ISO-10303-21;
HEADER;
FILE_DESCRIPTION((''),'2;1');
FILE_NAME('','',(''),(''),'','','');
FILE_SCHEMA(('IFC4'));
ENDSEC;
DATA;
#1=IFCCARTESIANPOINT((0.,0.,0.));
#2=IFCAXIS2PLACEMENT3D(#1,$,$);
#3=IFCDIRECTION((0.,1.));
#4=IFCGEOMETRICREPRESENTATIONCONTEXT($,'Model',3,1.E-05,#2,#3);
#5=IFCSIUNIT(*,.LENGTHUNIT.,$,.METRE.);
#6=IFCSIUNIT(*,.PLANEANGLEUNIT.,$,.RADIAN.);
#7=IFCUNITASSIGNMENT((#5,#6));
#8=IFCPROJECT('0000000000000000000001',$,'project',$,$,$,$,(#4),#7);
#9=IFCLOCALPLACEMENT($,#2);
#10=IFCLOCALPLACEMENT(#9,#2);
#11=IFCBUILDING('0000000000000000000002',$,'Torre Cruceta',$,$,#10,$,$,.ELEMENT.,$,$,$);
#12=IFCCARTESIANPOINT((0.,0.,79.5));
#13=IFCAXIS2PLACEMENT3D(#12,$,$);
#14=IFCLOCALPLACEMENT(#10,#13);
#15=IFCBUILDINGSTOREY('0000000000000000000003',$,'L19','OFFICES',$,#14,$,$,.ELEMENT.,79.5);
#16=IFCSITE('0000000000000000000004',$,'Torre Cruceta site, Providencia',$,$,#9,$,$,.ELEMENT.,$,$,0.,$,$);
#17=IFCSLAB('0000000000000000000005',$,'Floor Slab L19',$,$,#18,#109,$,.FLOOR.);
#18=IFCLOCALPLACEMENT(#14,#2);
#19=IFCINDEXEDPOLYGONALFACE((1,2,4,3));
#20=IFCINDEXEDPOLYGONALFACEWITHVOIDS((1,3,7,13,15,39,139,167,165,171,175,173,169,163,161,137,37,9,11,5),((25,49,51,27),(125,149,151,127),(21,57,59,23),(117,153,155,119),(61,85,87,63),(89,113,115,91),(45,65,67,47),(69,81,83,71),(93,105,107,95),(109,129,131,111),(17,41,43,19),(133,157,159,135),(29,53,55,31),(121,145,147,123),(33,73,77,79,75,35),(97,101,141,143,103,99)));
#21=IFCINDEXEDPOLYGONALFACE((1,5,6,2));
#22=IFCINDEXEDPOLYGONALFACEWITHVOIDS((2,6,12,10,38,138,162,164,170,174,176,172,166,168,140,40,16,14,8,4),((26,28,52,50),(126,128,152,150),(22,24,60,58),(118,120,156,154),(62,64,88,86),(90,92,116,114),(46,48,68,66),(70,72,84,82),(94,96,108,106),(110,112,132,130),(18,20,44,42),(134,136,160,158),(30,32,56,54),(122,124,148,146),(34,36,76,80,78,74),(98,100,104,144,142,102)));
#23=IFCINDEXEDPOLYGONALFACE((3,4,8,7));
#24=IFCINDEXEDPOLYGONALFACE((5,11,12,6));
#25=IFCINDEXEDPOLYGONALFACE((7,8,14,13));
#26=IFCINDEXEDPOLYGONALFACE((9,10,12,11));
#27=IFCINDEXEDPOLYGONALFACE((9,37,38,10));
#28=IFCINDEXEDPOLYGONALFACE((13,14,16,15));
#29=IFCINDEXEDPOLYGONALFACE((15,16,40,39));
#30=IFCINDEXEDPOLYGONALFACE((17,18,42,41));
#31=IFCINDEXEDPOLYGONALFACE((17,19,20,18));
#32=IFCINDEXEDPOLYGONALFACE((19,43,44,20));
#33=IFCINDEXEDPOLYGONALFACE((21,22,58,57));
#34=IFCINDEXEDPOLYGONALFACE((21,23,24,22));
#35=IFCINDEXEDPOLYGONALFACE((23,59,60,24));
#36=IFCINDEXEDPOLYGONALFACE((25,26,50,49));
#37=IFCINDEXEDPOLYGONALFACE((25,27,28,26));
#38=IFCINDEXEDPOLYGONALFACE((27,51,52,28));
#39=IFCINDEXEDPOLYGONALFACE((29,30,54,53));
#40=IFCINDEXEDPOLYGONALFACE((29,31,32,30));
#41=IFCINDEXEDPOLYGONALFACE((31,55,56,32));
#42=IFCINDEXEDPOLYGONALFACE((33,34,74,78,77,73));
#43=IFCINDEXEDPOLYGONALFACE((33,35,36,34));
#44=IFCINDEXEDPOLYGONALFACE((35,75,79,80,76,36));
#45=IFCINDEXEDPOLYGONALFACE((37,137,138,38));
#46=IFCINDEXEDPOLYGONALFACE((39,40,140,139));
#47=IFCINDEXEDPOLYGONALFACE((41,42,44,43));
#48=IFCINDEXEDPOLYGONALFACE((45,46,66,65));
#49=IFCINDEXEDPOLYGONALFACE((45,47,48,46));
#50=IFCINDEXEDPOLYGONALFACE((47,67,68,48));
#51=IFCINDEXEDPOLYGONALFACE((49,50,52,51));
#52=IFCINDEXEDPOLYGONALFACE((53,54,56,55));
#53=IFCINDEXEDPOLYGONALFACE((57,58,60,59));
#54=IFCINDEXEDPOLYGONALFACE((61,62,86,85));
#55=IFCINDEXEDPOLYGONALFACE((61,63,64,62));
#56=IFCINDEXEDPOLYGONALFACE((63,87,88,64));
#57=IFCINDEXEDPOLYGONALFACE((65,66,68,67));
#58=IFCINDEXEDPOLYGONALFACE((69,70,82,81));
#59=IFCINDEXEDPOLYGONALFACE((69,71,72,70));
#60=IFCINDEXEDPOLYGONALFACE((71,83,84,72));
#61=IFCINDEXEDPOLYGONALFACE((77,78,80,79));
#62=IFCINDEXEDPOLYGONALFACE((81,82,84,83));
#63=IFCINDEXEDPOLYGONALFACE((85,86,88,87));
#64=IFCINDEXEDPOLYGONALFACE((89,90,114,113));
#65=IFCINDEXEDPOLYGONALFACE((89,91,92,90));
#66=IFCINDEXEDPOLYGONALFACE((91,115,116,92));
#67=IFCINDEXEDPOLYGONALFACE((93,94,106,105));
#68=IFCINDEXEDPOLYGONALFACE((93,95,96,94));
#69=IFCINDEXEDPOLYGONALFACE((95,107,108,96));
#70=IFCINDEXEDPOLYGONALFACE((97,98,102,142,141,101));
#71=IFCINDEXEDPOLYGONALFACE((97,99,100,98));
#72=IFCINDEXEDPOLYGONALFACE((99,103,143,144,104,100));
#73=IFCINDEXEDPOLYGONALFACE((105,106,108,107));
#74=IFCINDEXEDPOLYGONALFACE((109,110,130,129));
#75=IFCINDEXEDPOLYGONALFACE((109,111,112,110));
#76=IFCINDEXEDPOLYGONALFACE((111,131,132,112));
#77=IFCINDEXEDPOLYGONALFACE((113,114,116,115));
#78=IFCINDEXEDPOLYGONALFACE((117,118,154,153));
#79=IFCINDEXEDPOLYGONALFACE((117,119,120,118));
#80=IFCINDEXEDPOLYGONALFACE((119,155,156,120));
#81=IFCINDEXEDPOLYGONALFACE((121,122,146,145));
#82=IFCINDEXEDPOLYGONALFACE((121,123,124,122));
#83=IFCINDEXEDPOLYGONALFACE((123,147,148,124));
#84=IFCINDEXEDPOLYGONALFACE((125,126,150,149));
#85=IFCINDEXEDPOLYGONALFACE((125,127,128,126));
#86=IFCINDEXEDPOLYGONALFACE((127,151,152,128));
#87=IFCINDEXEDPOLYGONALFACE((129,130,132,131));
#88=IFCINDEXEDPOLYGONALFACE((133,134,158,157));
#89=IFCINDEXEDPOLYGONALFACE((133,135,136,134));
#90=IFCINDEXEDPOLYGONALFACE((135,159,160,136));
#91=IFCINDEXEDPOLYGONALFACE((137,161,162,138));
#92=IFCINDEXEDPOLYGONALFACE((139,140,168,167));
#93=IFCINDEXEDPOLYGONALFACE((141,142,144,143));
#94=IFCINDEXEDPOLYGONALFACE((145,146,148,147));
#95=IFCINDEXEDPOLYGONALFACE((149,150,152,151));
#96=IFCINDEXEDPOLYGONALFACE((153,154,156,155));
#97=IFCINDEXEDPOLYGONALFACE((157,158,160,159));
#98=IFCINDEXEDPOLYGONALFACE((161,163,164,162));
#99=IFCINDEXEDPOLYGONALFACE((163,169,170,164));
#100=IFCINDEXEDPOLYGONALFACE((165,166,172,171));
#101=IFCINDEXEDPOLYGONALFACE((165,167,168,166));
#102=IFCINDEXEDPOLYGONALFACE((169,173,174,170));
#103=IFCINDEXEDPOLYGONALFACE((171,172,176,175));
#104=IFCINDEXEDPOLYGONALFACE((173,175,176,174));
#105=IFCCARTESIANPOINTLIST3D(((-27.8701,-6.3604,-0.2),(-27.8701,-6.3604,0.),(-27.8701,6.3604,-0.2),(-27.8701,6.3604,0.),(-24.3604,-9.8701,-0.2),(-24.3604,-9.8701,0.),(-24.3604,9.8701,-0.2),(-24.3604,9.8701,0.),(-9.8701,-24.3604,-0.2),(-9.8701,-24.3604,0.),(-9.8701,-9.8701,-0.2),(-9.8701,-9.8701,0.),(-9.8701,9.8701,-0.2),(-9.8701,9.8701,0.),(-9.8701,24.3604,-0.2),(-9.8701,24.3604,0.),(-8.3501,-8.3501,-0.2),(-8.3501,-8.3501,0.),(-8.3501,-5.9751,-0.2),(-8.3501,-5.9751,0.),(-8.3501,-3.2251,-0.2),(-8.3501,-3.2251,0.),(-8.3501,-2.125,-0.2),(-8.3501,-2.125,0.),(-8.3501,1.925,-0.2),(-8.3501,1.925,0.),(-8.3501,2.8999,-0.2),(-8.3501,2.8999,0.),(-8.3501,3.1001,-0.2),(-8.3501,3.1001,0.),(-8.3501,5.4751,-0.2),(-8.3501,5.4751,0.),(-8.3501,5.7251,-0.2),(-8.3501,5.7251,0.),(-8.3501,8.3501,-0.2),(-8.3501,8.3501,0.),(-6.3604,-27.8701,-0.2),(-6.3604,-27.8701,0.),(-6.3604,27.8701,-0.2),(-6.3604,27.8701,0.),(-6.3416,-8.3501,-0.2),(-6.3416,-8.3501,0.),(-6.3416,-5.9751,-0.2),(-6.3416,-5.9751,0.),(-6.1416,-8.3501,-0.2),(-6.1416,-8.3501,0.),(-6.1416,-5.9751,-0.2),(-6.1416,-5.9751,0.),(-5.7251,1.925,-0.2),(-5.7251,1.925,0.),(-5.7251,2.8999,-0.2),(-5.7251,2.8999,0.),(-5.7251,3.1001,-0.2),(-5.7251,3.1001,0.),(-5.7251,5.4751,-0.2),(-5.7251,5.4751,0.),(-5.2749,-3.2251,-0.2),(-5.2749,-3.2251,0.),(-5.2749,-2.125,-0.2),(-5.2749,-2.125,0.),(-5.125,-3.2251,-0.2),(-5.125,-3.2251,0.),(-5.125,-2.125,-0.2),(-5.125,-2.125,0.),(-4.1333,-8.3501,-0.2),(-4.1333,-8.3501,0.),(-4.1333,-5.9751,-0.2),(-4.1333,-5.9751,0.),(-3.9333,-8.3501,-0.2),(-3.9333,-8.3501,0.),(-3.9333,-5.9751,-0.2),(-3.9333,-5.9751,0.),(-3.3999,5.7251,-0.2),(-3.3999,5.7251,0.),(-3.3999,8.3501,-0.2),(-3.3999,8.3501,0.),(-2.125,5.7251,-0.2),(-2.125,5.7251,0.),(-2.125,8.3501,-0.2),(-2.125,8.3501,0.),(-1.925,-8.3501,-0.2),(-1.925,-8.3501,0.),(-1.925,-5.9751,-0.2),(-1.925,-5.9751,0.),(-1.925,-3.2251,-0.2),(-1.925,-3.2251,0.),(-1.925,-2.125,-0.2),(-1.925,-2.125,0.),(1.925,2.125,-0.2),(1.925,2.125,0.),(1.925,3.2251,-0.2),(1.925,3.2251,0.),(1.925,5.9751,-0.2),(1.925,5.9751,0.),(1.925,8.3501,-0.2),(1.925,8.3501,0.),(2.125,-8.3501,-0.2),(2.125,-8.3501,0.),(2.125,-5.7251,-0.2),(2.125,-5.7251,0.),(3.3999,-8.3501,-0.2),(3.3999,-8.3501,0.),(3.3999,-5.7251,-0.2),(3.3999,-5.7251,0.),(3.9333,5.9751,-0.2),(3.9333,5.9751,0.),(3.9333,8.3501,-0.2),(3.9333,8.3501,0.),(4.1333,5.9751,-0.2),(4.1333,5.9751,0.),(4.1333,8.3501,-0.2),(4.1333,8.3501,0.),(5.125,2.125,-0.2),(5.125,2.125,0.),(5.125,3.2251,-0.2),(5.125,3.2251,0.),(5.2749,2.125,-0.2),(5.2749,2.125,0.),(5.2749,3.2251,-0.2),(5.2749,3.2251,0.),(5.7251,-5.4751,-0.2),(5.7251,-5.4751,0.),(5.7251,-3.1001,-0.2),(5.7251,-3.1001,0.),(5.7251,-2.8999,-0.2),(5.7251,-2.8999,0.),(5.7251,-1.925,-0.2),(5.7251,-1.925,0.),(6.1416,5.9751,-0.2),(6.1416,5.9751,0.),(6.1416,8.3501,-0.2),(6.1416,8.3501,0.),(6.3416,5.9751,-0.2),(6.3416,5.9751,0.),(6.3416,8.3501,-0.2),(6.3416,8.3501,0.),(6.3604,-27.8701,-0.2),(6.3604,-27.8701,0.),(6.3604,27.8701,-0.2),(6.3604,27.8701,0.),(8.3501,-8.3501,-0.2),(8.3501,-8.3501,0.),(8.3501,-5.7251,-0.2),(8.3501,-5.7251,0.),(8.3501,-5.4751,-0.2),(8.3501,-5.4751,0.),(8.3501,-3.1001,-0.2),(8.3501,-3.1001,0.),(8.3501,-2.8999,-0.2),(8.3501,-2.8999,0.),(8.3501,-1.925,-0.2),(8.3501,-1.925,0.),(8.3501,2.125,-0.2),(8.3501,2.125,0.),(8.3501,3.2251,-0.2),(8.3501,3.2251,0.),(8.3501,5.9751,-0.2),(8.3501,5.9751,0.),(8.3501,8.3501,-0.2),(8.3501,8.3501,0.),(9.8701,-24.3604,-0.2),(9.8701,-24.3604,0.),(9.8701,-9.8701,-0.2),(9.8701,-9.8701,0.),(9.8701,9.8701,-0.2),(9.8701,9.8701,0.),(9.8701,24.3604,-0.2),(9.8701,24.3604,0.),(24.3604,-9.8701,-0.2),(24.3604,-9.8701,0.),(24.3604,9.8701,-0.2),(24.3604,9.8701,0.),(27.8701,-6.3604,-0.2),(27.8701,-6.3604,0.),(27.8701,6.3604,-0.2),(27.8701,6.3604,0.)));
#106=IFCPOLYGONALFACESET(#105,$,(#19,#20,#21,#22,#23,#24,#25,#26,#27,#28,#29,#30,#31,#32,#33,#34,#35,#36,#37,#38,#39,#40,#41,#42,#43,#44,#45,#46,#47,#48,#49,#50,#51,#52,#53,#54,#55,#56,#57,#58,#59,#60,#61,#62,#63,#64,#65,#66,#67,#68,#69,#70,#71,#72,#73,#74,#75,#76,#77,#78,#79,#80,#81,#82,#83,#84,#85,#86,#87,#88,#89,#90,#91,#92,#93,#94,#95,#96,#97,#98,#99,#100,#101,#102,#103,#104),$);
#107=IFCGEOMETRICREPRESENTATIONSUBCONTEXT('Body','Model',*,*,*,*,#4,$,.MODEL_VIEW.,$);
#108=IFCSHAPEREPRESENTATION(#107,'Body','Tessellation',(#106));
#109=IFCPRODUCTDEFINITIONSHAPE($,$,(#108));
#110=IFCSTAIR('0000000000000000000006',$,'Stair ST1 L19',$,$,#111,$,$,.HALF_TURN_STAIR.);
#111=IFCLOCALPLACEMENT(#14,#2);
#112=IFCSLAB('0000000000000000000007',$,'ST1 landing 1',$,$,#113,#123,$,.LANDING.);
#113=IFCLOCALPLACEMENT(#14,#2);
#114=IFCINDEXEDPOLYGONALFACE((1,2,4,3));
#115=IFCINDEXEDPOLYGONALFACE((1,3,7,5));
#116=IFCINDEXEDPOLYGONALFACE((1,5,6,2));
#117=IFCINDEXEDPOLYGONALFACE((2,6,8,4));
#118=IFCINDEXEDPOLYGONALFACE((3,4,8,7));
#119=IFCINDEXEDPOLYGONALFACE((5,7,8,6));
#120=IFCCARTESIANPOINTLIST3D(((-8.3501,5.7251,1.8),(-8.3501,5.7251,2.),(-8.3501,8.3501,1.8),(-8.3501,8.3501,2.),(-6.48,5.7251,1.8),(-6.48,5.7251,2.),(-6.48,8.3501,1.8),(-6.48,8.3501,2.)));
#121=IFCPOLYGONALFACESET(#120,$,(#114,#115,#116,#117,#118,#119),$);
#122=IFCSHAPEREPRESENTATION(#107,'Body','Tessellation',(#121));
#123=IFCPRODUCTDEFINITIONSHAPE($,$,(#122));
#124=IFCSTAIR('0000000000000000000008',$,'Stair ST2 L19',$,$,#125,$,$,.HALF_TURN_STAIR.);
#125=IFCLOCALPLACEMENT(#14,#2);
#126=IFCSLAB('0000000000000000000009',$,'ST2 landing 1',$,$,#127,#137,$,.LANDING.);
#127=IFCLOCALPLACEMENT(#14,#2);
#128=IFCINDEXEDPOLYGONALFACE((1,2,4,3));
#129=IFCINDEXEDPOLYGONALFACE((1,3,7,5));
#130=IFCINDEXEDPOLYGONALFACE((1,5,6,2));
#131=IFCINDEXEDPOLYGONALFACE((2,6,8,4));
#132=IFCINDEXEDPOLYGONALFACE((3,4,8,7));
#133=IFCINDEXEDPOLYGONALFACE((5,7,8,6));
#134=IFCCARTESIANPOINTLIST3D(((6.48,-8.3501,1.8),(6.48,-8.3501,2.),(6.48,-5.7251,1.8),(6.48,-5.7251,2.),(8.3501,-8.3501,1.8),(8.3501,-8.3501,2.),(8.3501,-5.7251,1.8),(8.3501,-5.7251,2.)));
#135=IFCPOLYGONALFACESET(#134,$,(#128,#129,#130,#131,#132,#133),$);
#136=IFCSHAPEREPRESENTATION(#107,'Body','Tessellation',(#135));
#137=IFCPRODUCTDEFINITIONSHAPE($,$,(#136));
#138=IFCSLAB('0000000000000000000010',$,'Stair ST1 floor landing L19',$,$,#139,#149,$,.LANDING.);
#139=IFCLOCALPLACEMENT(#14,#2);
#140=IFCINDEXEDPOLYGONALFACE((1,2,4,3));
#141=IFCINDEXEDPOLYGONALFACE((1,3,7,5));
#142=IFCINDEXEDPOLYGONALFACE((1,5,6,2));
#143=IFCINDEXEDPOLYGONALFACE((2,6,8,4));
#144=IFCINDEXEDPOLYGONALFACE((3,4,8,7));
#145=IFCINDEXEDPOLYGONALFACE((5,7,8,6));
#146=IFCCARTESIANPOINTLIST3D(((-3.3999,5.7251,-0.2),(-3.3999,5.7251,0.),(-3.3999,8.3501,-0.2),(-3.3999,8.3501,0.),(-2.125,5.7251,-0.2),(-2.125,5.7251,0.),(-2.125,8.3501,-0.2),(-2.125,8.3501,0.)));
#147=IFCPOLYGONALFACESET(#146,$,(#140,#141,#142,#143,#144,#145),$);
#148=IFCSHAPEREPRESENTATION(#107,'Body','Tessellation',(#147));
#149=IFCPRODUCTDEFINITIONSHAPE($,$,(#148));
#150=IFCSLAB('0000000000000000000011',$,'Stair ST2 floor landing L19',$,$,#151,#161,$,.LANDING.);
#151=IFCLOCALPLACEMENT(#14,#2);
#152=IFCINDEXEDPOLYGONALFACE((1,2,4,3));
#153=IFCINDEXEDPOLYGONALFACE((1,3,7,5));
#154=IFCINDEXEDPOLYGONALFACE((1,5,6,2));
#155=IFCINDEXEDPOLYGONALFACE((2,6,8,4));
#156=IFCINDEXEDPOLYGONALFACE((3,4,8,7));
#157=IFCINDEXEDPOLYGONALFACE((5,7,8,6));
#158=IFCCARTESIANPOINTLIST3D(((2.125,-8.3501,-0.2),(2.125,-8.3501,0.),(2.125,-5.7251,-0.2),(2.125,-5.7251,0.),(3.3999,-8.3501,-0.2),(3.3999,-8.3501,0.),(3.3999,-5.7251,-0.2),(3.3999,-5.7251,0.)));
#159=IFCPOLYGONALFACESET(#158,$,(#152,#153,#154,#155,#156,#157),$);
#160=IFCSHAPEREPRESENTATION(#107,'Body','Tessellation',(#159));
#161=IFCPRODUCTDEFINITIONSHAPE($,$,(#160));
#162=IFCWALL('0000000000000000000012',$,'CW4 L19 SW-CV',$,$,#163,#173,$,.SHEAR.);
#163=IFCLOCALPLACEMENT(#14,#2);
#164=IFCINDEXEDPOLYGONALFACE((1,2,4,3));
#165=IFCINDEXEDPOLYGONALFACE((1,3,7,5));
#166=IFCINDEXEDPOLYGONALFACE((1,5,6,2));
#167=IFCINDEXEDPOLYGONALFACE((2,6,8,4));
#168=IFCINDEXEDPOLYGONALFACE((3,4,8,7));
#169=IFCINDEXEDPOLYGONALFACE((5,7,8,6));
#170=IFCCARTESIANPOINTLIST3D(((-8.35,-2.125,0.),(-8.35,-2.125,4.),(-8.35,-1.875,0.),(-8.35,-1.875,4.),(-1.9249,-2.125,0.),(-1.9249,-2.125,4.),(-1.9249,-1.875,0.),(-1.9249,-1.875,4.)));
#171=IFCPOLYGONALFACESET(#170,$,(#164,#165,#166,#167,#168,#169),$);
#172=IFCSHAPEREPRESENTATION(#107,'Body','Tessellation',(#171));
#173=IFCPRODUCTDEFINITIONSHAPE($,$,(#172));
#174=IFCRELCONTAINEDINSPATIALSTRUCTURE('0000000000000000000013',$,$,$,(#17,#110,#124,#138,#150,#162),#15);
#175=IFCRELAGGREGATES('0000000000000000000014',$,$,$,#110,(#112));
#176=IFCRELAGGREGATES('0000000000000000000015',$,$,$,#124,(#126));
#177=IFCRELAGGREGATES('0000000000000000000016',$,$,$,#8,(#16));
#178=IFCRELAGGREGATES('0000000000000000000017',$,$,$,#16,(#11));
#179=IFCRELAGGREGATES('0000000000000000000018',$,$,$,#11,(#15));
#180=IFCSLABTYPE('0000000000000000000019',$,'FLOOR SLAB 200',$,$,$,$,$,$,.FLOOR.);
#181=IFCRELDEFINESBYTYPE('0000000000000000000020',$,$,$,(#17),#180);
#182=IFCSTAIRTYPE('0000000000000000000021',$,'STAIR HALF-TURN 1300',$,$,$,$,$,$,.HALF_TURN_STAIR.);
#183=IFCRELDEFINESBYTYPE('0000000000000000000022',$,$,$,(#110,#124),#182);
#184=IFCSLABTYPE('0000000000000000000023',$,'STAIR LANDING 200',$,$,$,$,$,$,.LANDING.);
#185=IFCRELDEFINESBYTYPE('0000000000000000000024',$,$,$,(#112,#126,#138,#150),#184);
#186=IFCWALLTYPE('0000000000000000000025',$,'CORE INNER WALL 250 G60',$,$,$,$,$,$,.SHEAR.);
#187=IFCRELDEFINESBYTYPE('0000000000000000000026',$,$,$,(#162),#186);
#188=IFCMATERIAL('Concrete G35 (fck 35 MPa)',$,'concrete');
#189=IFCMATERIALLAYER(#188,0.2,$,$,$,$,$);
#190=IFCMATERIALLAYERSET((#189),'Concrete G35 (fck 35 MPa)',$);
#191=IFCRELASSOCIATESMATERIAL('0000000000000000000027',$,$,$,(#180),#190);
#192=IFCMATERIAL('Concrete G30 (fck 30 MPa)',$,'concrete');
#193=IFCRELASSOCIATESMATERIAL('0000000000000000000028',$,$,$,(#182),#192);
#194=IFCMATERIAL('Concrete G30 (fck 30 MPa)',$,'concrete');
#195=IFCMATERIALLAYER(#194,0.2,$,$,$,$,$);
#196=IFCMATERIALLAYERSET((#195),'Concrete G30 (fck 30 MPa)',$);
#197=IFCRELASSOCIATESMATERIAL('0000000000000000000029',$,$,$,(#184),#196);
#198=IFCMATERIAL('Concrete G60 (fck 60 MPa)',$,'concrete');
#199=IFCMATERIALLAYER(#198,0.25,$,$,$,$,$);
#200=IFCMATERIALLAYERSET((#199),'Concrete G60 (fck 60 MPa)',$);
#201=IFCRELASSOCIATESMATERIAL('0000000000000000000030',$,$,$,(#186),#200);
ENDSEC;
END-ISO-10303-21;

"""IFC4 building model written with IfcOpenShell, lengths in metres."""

from ifc_helpers import new_model, si_unit, direction, frame, frame_2d, origin, place, context, subcontext, project, spatial, polyline, rectangle, outline, extrude, material, layer, layer_set, type_object, element, aggregate, save


model = new_model("IFC4")

# Units and contexts
model_context = context("Model", 3, precision=1e-05, world=origin(), true_north=direction((0.0, 1.0)))
body_context = subcontext(model_context, "Body", "Model", "MODEL_VIEW")
ifc_project = project(units=[si_unit("LENGTHUNIT", "METRE"), si_unit("PLANEANGLEUNIT", "RADIAN")], contexts=[model_context])

# Site, building, storey
site_placement = place(None, origin())
site = spatial("IfcSite", under=ifc_project, at=site_placement, Name="Torre Cruceta site, Providencia", CompositionType="ELEMENT", RefElevation=0.0)
building_placement = place(site_placement, origin())
building = spatial("IfcBuilding", under=site, at=building_placement, Name="Torre Cruceta", CompositionType="ELEMENT")
storey_placement = place(building_placement, frame((0.0, 0.0, 79.5)))
storey = spatial("IfcBuildingStorey", under=building, at=storey_placement, Name="L19", Description="OFFICES", CompositionType="ELEMENT", Elevation=79.5)

# Slab
ifc_material_1 = material(Name="Concrete G35 (fck 35 MPa)", Category="concrete")
ifc_layer_1 = layer(ifc_material_1, 0.2)
ifc_layer_set_1 = layer_set([ifc_layer_1], Name="Concrete G35 (fck 35 MPa)")
slab_type_1 = type_object("IfcSlabType", Name="FLOOR SLAB 200", PredefinedType="FLOOR", material=ifc_layer_set_1)
slab_1_placement = place(storey_placement, frame((0.0, 0.0, -0.2)))
element("IfcSlab", 1, at=slab_1_placement, inside=storey, type_object=slab_type_1, Name="Floor Slab L19", PredefinedType="FLOOR", context=body_context, shape_type="SweptSolid", body=[
    extrude(outline(polyline([(9.8701, -9.8701), (9.8701, -24.3604), (6.3604, -27.8701), (-6.3604, -27.8701), (-9.8701, -24.3604), (-9.8701, -9.8701), (-24.3604, -9.8701), (-27.8701, -6.3604), (-27.8701, 6.3604), (-24.3604, 9.8701), (-9.8701, 9.8701), (-9.8701, 24.3604), (-6.3604, 27.8701), (6.3604, 27.8701), (9.8701, 24.3604), (9.8701, 9.8701), (24.3604, 9.8701), (27.8701, 6.3604), (27.8701, -6.3604), (24.3604, -9.8701), (9.8701, -9.8701)]), holes=[polyline([(1.925, 5.9751), (3.9333, 5.9751), (3.9333, 8.3501), (1.925, 8.3501), (1.925, 5.9751)]), polyline([(4.1333, 5.9751), (6.1416, 5.9751), (6.1416, 8.3501), (4.1333, 8.3501), (4.1333, 5.9751)]), polyline([(6.3416, 5.9751), (8.3501, 5.9751), (8.3501, 8.3501), (6.3416, 8.3501), (6.3416, 5.9751)]), polyline([(1.925, 2.125), (5.125, 2.125), (5.125, 3.2251), (1.925, 3.2251), (1.925, 2.125)]), polyline([(5.2749, 2.125), (8.3501, 2.125), (8.3501, 3.2251), (5.2749, 3.2251), (5.2749, 2.125)]), polyline([(-8.3501, 3.1001), (-5.7251, 3.1001), (-5.7251, 5.4751), (-8.3501, 5.4751), (-8.3501, 3.1001)]), polyline([(-8.3501, 1.925), (-5.7251, 1.925), (-5.7251, 2.8999), (-8.3501, 2.8999), (-8.3501, 1.925)]), polyline([(-3.9333, -8.3501), (-1.925, -8.3501), (-1.925, -5.9751), (-3.9333, -5.9751), (-3.9333, -8.3501)]), polyline([(-6.1416, -8.3501), (-4.1333, -8.3501), (-4.1333, -5.9751), (-6.1416, -5.9751), (-6.1416, -8.3501)]), polyline([(-8.3501, -8.3501), (-6.3416, -8.3501), (-6.3416, -5.9751), (-8.3501, -5.9751), (-8.3501, -8.3501)]), polyline([(-5.125, -3.2251), (-1.925, -3.2251), (-1.925, -2.125), (-5.125, -2.125), (-5.125, -3.2251)]), polyline([(-8.3501, -3.2251), (-5.2749, -3.2251), (-5.2749, -2.125), (-8.3501, -2.125), (-8.3501, -3.2251)]), polyline([(5.7251, -5.4751), (8.3501, -5.4751), (8.3501, -3.1001), (5.7251, -3.1001), (5.7251, -5.4751)]), polyline([(5.7251, -2.8999), (8.3501, -2.8999), (8.3501, -1.925), (5.7251, -1.925), (5.7251, -2.8999)]), polyline([(-8.3501, 5.7251), (-8.3501, 8.3501), (-3.3999, 8.3501), (-2.125, 8.3501), (-2.125, 5.7251), (-3.3999, 5.7251), (-8.3501, 5.7251)]), polyline([(2.125, -5.7251), (3.3999, -5.7251), (8.3501, -5.7251), (8.3501, -8.3501), (3.3999, -8.3501), (2.125, -8.3501), (2.125, -5.7251)])]), origin(), (0.0, 0.0, 1.0), 0.2),
])

# Stairs, slabs
ifc_material_2 = material(Name="Concrete G30 (fck 30 MPa)", Category="concrete")
stair_type = type_object("IfcStairType", Name="STAIR HALF-TURN 1300", PredefinedType="HALF_TURN_STAIR", material=ifc_material_2)
stair_1_placement = place(storey_placement, origin())
stair_1 = element("IfcStair", 2, at=stair_1_placement, inside=storey, type_object=stair_type, Name="Stair ST1 L19", PredefinedType="HALF_TURN_STAIR")
ifc_material_3 = material(Name="Concrete G30 (fck 30 MPa)", Category="concrete")
ifc_layer_2 = layer(ifc_material_3, 0.2)
ifc_layer_set_2 = layer_set([ifc_layer_2], Name="Concrete G30 (fck 30 MPa)")
slab_type_2 = type_object("IfcSlabType", Name="STAIR LANDING 200", PredefinedType="LANDING", material=ifc_layer_set_2)
slab_2_placement = place(storey_placement, frame((0.0, 0.0, 1.8)))
slab_2 = element("IfcSlab", 3, at=slab_2_placement, type_object=slab_type_2, Name="ST1 landing 1", PredefinedType="LANDING", context=body_context, shape_type="SweptSolid", body=[
    extrude(outline(polyline([(-8.3501, 5.7251), (-6.48, 5.7251), (-6.48, 8.3501), (-8.3501, 8.3501), (-8.3501, 5.7251)])), origin(), (0.0, 0.0, 1.0), 0.2),
])
aggregate(stair_1, [slab_2])
stair_2_placement = place(storey_placement, origin())
stair_2 = element("IfcStair", 4, at=stair_2_placement, inside=storey, type_object=stair_type, Name="Stair ST2 L19", PredefinedType="HALF_TURN_STAIR")
slab_3_placement = place(storey_placement, frame((0.0, 0.0, 1.8)))
slab_3 = element("IfcSlab", 5, at=slab_3_placement, type_object=slab_type_2, Name="ST2 landing 1", PredefinedType="LANDING", context=body_context, shape_type="SweptSolid", body=[
    extrude(outline(polyline([(6.48, -8.3501), (8.3501, -8.3501), (8.3501, -5.7251), (6.48, -5.7251), (6.48, -8.3501)])), origin(), (0.0, 0.0, 1.0), 0.2),
])
aggregate(stair_2, [slab_3])

# Slabs
slab_4_placement = place(storey_placement, frame((0.0, 0.0, -0.2)))
element("IfcSlab", 6, at=slab_4_placement, inside=storey, type_object=slab_type_2, Name="Stair ST1 floor landing L19", PredefinedType="LANDING", context=body_context, shape_type="SweptSolid", body=[
    extrude(outline(polyline([(-2.125, 8.3501), (-2.125, 5.7251), (-3.3999, 5.7251), (-3.3999, 8.3501), (-2.125, 8.3501)])), origin(), (0.0, 0.0, 1.0), 0.2),
])
slab_5_placement = place(storey_placement, frame((0.0, 0.0, -0.2)))
element("IfcSlab", 7, at=slab_5_placement, inside=storey, type_object=slab_type_2, Name="Stair ST2 floor landing L19", PredefinedType="LANDING", context=body_context, shape_type="SweptSolid", body=[
    extrude(outline(polyline([(2.125, -8.3501), (2.125, -5.7251), (3.3999, -5.7251), (3.3999, -8.3501), (2.125, -8.3501)])), origin(), (0.0, 0.0, 1.0), 0.2),
])

# Shared definitions
ifc_material_4 = material(Name="Concrete G60 (fck 60 MPa)", Category="concrete")
ifc_layer_3 = layer(ifc_material_4, 0.25)
ifc_layer_set_3 = layer_set([ifc_layer_3], Name="Concrete G60 (fck 60 MPa)")
wall_type_1 = type_object("IfcWallType", Name="CORE INNER WALL 250 G60", PredefinedType="SHEAR", material=ifc_layer_set_3)

# Wall
wall_1_placement = place(storey_placement, frame((-1.925, -2.0, 0.0), z_axis=(0.0, 0.0, 1.0), x_axis=(-1.0, 0.0, 0.0)))
element("IfcWall", 8, at=wall_1_placement, inside=storey, type_object=wall_type_1, Name="CW4 L19 SW-CV", PredefinedType="SHEAR", context=body_context, shape_type="SweptSolid", body=[
    extrude(rectangle(XDim=6.425, YDim=0.25, at=frame_2d((3.2124, 0.0))), origin(), (0.0, 0.0, 1.0), 4.0),
])

save(model, "model.ifc")
